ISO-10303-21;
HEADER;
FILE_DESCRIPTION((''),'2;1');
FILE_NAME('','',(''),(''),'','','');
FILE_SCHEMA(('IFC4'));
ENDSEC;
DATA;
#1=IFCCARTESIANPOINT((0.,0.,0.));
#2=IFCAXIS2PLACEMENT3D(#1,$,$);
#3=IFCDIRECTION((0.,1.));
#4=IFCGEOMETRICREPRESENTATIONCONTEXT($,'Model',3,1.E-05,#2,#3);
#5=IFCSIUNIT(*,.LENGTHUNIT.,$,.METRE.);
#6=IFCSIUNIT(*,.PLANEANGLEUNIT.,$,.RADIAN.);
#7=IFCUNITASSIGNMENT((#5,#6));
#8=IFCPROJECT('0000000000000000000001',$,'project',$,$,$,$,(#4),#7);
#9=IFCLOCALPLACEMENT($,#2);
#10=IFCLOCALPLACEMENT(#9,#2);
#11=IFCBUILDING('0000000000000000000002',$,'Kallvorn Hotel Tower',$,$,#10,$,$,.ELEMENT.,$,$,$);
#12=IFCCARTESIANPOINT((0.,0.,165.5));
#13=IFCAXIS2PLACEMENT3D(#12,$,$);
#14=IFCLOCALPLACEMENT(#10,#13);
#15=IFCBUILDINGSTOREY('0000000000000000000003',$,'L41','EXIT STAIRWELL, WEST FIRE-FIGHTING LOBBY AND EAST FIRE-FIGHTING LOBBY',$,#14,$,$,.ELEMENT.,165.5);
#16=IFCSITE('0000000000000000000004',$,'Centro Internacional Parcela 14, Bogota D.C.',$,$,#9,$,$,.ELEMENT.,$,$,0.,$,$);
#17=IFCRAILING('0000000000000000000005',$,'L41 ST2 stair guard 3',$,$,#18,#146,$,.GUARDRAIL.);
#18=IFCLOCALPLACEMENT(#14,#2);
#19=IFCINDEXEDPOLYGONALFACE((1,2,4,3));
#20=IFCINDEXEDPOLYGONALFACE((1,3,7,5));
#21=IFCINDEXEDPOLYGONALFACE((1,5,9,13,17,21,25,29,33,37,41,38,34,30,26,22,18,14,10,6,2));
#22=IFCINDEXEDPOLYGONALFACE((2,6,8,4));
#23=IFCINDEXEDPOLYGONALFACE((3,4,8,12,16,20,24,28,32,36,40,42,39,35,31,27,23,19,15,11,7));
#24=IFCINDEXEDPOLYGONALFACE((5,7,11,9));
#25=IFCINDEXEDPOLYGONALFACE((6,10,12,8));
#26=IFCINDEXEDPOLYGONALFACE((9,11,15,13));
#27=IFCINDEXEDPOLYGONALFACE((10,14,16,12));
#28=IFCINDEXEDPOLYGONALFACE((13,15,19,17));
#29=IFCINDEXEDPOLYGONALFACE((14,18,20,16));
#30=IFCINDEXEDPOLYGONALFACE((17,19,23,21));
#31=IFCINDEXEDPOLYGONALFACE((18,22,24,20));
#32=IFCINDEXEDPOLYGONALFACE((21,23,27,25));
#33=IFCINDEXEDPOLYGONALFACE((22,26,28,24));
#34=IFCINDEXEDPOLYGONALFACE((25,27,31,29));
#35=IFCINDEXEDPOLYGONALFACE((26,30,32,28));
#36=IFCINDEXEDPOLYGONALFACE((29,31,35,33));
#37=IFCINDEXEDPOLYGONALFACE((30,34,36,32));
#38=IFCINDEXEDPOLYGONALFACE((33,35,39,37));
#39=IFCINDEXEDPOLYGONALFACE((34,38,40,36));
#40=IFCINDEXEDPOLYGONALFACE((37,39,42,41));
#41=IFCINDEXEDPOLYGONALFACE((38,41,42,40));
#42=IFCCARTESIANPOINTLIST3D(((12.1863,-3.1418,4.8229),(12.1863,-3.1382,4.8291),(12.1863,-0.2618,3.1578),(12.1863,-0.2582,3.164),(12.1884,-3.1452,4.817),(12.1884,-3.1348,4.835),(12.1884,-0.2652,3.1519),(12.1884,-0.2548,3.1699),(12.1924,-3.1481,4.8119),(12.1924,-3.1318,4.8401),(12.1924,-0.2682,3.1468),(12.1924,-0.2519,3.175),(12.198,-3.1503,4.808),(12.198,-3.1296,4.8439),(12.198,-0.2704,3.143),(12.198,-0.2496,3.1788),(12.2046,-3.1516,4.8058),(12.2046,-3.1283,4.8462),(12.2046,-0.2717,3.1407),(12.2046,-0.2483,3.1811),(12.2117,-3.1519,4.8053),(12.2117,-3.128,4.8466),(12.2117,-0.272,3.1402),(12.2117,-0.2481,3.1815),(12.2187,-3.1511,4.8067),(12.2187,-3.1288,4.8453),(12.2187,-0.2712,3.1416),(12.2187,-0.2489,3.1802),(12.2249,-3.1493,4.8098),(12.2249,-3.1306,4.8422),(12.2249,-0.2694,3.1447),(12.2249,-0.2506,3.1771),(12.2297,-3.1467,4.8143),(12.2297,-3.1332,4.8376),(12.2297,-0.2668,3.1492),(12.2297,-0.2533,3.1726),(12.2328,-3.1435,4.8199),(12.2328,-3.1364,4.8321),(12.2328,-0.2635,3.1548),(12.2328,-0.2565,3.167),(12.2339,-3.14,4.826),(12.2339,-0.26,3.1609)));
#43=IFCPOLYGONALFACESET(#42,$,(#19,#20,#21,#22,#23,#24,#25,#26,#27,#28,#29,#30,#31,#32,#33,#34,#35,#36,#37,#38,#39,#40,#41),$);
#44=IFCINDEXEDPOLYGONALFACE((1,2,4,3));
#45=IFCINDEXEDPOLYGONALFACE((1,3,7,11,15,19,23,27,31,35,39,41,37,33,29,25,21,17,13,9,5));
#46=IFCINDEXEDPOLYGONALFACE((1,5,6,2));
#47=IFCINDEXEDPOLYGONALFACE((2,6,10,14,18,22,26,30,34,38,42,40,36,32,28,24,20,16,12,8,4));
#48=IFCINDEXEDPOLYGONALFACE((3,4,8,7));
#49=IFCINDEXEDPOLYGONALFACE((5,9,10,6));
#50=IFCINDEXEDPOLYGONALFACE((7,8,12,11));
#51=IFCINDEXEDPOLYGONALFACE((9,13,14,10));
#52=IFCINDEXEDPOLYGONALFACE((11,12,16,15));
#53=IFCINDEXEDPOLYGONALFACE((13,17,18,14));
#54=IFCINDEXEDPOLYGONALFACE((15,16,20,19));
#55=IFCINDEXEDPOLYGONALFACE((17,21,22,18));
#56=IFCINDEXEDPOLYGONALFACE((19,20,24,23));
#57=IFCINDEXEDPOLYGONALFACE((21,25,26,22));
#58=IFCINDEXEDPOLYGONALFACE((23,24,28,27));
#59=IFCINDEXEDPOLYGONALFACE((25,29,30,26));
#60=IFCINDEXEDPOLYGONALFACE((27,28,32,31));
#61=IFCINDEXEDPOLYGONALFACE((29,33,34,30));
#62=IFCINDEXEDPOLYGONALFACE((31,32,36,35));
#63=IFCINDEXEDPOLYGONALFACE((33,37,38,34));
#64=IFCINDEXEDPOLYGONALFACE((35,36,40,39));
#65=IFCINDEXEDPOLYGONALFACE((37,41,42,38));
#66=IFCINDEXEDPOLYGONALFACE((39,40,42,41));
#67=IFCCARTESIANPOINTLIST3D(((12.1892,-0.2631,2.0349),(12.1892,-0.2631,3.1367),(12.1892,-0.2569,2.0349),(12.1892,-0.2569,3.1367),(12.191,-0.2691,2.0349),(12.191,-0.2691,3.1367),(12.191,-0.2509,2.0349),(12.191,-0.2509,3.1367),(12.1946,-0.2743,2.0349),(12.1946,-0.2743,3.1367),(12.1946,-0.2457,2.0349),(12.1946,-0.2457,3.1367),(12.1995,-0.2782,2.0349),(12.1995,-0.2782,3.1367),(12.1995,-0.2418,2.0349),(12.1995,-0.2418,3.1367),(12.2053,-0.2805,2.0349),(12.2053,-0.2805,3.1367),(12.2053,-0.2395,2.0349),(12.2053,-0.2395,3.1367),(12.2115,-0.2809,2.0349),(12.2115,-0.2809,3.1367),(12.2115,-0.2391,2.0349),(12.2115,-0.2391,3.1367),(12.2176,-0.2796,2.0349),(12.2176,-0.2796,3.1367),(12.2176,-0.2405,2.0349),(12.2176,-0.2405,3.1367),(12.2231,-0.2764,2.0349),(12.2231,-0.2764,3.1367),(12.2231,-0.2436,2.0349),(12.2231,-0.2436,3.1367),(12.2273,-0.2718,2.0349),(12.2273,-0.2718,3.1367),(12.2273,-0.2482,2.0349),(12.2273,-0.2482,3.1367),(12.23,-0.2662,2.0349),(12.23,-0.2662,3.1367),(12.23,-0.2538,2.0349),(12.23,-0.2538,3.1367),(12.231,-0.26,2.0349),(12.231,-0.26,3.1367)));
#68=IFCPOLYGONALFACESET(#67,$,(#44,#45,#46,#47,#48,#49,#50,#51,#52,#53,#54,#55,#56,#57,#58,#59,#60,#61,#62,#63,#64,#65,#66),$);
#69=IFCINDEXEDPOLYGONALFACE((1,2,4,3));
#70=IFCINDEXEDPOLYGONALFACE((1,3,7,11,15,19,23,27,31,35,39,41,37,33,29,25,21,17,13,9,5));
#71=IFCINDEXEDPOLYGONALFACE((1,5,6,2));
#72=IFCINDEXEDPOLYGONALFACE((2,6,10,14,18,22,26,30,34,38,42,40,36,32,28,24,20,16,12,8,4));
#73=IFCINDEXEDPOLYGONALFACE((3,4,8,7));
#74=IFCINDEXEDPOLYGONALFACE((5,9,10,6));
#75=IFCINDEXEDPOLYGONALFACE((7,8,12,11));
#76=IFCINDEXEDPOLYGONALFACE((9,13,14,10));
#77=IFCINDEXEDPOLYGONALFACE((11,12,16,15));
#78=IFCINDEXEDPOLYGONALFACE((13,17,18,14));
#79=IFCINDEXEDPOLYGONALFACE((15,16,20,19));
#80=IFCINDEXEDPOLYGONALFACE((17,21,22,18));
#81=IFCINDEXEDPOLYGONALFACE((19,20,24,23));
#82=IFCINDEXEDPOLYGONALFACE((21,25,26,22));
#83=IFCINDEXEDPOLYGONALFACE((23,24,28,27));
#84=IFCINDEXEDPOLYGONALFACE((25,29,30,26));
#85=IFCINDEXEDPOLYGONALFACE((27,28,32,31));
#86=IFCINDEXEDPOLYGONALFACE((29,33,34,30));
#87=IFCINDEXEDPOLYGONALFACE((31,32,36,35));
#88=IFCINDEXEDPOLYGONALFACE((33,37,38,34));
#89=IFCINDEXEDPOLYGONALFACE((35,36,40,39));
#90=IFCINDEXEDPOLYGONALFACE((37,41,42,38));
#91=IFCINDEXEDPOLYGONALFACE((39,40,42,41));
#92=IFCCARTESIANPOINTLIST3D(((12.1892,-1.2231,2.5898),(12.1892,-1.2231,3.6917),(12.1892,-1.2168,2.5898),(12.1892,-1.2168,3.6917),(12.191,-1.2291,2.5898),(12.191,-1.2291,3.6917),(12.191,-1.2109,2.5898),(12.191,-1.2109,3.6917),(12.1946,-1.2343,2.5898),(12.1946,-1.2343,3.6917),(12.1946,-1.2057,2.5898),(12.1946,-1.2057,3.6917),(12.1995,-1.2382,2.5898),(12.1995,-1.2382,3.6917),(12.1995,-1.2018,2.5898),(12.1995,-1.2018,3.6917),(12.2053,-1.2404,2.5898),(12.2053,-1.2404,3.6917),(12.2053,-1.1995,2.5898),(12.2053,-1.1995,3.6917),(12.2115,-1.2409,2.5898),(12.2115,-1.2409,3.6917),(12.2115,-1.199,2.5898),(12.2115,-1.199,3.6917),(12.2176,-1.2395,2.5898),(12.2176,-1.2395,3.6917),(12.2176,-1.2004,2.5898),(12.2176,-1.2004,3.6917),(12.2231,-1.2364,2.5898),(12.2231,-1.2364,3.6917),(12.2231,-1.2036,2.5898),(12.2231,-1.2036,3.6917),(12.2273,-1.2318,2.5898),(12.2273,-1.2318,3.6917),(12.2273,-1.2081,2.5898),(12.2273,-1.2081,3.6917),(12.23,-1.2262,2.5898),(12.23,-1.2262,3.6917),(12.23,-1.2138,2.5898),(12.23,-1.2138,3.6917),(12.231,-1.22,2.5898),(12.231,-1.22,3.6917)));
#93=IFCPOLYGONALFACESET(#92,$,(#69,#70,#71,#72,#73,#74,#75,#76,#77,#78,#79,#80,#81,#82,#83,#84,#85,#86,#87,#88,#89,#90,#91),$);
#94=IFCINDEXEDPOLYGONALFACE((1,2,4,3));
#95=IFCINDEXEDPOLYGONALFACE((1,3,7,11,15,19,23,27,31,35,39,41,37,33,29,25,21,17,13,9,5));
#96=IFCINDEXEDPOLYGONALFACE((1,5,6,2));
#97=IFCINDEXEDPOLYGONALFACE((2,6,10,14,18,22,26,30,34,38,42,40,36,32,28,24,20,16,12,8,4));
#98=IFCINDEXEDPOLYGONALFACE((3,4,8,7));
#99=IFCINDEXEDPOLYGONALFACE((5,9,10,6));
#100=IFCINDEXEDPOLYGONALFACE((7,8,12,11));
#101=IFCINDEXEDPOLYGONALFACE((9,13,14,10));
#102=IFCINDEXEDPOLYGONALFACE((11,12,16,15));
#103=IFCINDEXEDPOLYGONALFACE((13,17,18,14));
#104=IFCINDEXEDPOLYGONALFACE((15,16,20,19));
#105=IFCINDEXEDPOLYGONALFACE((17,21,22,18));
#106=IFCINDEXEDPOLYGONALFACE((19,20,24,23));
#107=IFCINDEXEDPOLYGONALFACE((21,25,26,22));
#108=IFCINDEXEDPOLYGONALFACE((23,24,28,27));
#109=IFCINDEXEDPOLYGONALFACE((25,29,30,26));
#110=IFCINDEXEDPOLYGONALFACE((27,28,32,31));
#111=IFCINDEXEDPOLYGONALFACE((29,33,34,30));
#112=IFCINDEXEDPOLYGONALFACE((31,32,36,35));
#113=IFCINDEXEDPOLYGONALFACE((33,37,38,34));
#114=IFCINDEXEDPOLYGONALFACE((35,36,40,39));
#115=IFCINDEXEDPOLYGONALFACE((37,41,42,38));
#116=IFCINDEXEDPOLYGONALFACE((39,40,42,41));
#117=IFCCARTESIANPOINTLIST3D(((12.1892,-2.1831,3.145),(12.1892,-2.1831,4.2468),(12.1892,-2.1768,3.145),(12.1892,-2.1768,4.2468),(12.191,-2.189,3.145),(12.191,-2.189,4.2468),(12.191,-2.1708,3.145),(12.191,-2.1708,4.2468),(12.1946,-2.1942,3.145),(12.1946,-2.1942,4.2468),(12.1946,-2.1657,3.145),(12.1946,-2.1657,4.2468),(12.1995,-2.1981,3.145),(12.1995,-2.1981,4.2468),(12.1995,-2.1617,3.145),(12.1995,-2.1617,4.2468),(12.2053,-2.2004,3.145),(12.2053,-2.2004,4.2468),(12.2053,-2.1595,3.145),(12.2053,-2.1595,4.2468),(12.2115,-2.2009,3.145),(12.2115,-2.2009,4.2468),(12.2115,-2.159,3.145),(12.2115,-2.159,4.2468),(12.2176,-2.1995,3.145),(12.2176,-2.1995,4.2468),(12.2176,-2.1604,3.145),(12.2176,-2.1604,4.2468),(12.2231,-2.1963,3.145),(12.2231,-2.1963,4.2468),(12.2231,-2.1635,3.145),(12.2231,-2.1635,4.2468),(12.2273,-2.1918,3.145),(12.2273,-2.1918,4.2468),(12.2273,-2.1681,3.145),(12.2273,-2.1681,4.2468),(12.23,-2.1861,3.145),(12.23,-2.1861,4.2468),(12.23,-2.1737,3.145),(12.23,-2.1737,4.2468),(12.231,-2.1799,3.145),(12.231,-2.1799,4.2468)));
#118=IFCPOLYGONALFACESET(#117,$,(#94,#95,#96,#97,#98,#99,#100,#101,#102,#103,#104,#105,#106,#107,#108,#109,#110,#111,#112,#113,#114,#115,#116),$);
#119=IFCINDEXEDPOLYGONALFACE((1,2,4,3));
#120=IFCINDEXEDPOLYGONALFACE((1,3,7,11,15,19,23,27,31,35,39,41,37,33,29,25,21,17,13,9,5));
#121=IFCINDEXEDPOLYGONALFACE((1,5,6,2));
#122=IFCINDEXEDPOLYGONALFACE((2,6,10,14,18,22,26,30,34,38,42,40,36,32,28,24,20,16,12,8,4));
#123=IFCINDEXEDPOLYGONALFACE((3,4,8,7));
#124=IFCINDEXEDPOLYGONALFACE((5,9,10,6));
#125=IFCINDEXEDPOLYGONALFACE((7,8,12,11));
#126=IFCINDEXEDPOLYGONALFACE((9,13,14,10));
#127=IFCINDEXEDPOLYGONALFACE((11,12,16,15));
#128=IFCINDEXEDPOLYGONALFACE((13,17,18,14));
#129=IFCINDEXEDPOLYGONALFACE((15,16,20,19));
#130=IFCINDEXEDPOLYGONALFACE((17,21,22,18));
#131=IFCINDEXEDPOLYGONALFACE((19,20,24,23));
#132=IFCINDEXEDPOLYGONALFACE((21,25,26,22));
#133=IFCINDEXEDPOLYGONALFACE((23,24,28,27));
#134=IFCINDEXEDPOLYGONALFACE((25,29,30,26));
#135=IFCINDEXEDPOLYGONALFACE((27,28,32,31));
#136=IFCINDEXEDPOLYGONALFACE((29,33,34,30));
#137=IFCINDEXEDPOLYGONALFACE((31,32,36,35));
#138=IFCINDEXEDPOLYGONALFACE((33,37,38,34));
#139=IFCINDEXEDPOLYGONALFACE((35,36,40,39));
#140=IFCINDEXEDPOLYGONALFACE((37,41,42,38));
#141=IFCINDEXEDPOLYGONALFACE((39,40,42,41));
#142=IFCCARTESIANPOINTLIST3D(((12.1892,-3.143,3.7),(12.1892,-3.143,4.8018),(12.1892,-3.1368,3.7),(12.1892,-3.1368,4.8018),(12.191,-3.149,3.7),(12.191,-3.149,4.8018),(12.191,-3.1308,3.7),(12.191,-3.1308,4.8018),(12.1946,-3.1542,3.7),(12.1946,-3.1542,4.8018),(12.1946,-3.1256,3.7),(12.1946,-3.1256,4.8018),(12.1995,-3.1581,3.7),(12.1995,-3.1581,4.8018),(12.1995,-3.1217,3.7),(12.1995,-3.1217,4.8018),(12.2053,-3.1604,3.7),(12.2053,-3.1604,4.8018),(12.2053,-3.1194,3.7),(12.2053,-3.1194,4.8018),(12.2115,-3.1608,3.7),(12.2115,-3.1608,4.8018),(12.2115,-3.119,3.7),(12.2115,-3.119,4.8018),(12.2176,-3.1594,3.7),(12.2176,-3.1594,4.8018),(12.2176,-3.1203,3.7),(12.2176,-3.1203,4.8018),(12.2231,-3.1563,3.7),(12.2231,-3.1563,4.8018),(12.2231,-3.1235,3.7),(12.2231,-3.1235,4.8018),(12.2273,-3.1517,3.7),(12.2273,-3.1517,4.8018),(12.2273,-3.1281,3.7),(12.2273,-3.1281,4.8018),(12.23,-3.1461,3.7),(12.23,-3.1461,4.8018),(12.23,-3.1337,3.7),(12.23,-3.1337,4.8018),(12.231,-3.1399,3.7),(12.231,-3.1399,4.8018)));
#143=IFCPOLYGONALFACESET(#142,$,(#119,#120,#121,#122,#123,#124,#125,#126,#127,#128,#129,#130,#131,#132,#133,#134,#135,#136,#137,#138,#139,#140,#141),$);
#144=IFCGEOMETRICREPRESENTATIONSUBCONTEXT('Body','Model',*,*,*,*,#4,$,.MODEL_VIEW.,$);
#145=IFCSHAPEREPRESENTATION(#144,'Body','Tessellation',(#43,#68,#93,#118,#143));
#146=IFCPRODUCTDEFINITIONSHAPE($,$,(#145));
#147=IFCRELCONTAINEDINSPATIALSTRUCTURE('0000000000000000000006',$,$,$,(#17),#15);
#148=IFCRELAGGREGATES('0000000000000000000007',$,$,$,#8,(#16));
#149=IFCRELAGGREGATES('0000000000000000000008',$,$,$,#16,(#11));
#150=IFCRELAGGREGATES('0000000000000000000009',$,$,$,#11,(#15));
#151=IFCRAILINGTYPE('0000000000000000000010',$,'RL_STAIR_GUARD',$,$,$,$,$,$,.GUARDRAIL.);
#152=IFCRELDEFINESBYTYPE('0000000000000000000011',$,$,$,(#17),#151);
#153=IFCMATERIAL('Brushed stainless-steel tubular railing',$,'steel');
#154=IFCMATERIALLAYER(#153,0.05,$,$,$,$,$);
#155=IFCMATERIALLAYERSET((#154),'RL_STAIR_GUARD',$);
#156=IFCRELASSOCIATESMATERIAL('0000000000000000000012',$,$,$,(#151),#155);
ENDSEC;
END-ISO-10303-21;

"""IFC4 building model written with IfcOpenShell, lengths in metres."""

from ifc_helpers import new_model, si_unit, direction, frame, origin, origin_2d, place, context, subcontext, project, spatial, circle, extrude, material, layer, layer_set, type_object, element, save


model = new_model("IFC4")

# Units and contexts
model_context = context("Model", 3, precision=1e-05, world=origin(), true_north=direction((0.0, 1.0)))
body_context = subcontext(model_context, "Body", "Model", "MODEL_VIEW")
ifc_project = project(units=[si_unit("LENGTHUNIT", "METRE"), si_unit("PLANEANGLEUNIT", "RADIAN")], contexts=[model_context])

# Site, building, storey
site_placement = place(None, origin())
site = spatial("IfcSite", under=ifc_project, at=site_placement, Name="Centro Internacional Parcela 14, Bogota D.C.", CompositionType="ELEMENT", RefElevation=0.0)
building_placement = place(site_placement, origin())
building = spatial("IfcBuilding", under=site, at=building_placement, Name="Kallvorn Hotel Tower", CompositionType="ELEMENT")
storey_placement = place(building_placement, frame((0.0, 0.0, 165.5)))
storey = spatial("IfcBuildingStorey", under=building, at=storey_placement, Name="L41", Description="EXIT STAIRWELL, WEST FIRE-FIGHTING LOBBY AND EAST FIRE-FIGHTING LOBBY", CompositionType="ELEMENT", Elevation=165.5)

# Railing
ifc_material_1 = material(Name="Brushed stainless-steel tubular railing", Category="steel")
ifc_layer_1 = layer(ifc_material_1, 0.05)
ifc_layer_set_1 = layer_set([ifc_layer_1], Name="RL_STAIR_GUARD")
railing_type = type_object("IfcRailingType", Name="RL_STAIR_GUARD", PredefinedType="GUARDRAIL", material=ifc_layer_set_1)
railing_1_placement = place(storey_placement, frame((12.21, -0.26, 2.0349)))
element("IfcRailing", 1, at=railing_1_placement, inside=storey, type_object=railing_type, Name="L41 ST2 stair guard 3", PredefinedType="GUARDRAIL", context=body_context, shape_type="SweptSolid", body=[
    extrude(circle(Radius=0.0239, at=origin_2d()), frame((0.0, 0.0, 1.126), z_axis=(0.0, -0.865721, 0.500527), x_axis=(1.0, 0.0, 0.0)), (0.0, 0.0, 1.0), 3.3267),
    extrude(circle(Radius=0.021, at=origin_2d()), origin(), (0.0, 0.0, 1.0), 1.1018),
    extrude(circle(Radius=0.021, at=origin_2d()), frame((0.0, -0.96, 0.5549)), (0.0, 0.0, 1.0), 1.1018),
    extrude(circle(Radius=0.021, at=origin_2d()), frame((0.0, -1.9199, 1.1101)), (0.0, 0.0, 1.0), 1.1018),
    extrude(circle(Radius=0.021, at=origin_2d()), frame((0.0, -2.8799, 1.665)), (0.0, 0.0, 1.0), 1.1018),
])

save(model, "model.ifc")
